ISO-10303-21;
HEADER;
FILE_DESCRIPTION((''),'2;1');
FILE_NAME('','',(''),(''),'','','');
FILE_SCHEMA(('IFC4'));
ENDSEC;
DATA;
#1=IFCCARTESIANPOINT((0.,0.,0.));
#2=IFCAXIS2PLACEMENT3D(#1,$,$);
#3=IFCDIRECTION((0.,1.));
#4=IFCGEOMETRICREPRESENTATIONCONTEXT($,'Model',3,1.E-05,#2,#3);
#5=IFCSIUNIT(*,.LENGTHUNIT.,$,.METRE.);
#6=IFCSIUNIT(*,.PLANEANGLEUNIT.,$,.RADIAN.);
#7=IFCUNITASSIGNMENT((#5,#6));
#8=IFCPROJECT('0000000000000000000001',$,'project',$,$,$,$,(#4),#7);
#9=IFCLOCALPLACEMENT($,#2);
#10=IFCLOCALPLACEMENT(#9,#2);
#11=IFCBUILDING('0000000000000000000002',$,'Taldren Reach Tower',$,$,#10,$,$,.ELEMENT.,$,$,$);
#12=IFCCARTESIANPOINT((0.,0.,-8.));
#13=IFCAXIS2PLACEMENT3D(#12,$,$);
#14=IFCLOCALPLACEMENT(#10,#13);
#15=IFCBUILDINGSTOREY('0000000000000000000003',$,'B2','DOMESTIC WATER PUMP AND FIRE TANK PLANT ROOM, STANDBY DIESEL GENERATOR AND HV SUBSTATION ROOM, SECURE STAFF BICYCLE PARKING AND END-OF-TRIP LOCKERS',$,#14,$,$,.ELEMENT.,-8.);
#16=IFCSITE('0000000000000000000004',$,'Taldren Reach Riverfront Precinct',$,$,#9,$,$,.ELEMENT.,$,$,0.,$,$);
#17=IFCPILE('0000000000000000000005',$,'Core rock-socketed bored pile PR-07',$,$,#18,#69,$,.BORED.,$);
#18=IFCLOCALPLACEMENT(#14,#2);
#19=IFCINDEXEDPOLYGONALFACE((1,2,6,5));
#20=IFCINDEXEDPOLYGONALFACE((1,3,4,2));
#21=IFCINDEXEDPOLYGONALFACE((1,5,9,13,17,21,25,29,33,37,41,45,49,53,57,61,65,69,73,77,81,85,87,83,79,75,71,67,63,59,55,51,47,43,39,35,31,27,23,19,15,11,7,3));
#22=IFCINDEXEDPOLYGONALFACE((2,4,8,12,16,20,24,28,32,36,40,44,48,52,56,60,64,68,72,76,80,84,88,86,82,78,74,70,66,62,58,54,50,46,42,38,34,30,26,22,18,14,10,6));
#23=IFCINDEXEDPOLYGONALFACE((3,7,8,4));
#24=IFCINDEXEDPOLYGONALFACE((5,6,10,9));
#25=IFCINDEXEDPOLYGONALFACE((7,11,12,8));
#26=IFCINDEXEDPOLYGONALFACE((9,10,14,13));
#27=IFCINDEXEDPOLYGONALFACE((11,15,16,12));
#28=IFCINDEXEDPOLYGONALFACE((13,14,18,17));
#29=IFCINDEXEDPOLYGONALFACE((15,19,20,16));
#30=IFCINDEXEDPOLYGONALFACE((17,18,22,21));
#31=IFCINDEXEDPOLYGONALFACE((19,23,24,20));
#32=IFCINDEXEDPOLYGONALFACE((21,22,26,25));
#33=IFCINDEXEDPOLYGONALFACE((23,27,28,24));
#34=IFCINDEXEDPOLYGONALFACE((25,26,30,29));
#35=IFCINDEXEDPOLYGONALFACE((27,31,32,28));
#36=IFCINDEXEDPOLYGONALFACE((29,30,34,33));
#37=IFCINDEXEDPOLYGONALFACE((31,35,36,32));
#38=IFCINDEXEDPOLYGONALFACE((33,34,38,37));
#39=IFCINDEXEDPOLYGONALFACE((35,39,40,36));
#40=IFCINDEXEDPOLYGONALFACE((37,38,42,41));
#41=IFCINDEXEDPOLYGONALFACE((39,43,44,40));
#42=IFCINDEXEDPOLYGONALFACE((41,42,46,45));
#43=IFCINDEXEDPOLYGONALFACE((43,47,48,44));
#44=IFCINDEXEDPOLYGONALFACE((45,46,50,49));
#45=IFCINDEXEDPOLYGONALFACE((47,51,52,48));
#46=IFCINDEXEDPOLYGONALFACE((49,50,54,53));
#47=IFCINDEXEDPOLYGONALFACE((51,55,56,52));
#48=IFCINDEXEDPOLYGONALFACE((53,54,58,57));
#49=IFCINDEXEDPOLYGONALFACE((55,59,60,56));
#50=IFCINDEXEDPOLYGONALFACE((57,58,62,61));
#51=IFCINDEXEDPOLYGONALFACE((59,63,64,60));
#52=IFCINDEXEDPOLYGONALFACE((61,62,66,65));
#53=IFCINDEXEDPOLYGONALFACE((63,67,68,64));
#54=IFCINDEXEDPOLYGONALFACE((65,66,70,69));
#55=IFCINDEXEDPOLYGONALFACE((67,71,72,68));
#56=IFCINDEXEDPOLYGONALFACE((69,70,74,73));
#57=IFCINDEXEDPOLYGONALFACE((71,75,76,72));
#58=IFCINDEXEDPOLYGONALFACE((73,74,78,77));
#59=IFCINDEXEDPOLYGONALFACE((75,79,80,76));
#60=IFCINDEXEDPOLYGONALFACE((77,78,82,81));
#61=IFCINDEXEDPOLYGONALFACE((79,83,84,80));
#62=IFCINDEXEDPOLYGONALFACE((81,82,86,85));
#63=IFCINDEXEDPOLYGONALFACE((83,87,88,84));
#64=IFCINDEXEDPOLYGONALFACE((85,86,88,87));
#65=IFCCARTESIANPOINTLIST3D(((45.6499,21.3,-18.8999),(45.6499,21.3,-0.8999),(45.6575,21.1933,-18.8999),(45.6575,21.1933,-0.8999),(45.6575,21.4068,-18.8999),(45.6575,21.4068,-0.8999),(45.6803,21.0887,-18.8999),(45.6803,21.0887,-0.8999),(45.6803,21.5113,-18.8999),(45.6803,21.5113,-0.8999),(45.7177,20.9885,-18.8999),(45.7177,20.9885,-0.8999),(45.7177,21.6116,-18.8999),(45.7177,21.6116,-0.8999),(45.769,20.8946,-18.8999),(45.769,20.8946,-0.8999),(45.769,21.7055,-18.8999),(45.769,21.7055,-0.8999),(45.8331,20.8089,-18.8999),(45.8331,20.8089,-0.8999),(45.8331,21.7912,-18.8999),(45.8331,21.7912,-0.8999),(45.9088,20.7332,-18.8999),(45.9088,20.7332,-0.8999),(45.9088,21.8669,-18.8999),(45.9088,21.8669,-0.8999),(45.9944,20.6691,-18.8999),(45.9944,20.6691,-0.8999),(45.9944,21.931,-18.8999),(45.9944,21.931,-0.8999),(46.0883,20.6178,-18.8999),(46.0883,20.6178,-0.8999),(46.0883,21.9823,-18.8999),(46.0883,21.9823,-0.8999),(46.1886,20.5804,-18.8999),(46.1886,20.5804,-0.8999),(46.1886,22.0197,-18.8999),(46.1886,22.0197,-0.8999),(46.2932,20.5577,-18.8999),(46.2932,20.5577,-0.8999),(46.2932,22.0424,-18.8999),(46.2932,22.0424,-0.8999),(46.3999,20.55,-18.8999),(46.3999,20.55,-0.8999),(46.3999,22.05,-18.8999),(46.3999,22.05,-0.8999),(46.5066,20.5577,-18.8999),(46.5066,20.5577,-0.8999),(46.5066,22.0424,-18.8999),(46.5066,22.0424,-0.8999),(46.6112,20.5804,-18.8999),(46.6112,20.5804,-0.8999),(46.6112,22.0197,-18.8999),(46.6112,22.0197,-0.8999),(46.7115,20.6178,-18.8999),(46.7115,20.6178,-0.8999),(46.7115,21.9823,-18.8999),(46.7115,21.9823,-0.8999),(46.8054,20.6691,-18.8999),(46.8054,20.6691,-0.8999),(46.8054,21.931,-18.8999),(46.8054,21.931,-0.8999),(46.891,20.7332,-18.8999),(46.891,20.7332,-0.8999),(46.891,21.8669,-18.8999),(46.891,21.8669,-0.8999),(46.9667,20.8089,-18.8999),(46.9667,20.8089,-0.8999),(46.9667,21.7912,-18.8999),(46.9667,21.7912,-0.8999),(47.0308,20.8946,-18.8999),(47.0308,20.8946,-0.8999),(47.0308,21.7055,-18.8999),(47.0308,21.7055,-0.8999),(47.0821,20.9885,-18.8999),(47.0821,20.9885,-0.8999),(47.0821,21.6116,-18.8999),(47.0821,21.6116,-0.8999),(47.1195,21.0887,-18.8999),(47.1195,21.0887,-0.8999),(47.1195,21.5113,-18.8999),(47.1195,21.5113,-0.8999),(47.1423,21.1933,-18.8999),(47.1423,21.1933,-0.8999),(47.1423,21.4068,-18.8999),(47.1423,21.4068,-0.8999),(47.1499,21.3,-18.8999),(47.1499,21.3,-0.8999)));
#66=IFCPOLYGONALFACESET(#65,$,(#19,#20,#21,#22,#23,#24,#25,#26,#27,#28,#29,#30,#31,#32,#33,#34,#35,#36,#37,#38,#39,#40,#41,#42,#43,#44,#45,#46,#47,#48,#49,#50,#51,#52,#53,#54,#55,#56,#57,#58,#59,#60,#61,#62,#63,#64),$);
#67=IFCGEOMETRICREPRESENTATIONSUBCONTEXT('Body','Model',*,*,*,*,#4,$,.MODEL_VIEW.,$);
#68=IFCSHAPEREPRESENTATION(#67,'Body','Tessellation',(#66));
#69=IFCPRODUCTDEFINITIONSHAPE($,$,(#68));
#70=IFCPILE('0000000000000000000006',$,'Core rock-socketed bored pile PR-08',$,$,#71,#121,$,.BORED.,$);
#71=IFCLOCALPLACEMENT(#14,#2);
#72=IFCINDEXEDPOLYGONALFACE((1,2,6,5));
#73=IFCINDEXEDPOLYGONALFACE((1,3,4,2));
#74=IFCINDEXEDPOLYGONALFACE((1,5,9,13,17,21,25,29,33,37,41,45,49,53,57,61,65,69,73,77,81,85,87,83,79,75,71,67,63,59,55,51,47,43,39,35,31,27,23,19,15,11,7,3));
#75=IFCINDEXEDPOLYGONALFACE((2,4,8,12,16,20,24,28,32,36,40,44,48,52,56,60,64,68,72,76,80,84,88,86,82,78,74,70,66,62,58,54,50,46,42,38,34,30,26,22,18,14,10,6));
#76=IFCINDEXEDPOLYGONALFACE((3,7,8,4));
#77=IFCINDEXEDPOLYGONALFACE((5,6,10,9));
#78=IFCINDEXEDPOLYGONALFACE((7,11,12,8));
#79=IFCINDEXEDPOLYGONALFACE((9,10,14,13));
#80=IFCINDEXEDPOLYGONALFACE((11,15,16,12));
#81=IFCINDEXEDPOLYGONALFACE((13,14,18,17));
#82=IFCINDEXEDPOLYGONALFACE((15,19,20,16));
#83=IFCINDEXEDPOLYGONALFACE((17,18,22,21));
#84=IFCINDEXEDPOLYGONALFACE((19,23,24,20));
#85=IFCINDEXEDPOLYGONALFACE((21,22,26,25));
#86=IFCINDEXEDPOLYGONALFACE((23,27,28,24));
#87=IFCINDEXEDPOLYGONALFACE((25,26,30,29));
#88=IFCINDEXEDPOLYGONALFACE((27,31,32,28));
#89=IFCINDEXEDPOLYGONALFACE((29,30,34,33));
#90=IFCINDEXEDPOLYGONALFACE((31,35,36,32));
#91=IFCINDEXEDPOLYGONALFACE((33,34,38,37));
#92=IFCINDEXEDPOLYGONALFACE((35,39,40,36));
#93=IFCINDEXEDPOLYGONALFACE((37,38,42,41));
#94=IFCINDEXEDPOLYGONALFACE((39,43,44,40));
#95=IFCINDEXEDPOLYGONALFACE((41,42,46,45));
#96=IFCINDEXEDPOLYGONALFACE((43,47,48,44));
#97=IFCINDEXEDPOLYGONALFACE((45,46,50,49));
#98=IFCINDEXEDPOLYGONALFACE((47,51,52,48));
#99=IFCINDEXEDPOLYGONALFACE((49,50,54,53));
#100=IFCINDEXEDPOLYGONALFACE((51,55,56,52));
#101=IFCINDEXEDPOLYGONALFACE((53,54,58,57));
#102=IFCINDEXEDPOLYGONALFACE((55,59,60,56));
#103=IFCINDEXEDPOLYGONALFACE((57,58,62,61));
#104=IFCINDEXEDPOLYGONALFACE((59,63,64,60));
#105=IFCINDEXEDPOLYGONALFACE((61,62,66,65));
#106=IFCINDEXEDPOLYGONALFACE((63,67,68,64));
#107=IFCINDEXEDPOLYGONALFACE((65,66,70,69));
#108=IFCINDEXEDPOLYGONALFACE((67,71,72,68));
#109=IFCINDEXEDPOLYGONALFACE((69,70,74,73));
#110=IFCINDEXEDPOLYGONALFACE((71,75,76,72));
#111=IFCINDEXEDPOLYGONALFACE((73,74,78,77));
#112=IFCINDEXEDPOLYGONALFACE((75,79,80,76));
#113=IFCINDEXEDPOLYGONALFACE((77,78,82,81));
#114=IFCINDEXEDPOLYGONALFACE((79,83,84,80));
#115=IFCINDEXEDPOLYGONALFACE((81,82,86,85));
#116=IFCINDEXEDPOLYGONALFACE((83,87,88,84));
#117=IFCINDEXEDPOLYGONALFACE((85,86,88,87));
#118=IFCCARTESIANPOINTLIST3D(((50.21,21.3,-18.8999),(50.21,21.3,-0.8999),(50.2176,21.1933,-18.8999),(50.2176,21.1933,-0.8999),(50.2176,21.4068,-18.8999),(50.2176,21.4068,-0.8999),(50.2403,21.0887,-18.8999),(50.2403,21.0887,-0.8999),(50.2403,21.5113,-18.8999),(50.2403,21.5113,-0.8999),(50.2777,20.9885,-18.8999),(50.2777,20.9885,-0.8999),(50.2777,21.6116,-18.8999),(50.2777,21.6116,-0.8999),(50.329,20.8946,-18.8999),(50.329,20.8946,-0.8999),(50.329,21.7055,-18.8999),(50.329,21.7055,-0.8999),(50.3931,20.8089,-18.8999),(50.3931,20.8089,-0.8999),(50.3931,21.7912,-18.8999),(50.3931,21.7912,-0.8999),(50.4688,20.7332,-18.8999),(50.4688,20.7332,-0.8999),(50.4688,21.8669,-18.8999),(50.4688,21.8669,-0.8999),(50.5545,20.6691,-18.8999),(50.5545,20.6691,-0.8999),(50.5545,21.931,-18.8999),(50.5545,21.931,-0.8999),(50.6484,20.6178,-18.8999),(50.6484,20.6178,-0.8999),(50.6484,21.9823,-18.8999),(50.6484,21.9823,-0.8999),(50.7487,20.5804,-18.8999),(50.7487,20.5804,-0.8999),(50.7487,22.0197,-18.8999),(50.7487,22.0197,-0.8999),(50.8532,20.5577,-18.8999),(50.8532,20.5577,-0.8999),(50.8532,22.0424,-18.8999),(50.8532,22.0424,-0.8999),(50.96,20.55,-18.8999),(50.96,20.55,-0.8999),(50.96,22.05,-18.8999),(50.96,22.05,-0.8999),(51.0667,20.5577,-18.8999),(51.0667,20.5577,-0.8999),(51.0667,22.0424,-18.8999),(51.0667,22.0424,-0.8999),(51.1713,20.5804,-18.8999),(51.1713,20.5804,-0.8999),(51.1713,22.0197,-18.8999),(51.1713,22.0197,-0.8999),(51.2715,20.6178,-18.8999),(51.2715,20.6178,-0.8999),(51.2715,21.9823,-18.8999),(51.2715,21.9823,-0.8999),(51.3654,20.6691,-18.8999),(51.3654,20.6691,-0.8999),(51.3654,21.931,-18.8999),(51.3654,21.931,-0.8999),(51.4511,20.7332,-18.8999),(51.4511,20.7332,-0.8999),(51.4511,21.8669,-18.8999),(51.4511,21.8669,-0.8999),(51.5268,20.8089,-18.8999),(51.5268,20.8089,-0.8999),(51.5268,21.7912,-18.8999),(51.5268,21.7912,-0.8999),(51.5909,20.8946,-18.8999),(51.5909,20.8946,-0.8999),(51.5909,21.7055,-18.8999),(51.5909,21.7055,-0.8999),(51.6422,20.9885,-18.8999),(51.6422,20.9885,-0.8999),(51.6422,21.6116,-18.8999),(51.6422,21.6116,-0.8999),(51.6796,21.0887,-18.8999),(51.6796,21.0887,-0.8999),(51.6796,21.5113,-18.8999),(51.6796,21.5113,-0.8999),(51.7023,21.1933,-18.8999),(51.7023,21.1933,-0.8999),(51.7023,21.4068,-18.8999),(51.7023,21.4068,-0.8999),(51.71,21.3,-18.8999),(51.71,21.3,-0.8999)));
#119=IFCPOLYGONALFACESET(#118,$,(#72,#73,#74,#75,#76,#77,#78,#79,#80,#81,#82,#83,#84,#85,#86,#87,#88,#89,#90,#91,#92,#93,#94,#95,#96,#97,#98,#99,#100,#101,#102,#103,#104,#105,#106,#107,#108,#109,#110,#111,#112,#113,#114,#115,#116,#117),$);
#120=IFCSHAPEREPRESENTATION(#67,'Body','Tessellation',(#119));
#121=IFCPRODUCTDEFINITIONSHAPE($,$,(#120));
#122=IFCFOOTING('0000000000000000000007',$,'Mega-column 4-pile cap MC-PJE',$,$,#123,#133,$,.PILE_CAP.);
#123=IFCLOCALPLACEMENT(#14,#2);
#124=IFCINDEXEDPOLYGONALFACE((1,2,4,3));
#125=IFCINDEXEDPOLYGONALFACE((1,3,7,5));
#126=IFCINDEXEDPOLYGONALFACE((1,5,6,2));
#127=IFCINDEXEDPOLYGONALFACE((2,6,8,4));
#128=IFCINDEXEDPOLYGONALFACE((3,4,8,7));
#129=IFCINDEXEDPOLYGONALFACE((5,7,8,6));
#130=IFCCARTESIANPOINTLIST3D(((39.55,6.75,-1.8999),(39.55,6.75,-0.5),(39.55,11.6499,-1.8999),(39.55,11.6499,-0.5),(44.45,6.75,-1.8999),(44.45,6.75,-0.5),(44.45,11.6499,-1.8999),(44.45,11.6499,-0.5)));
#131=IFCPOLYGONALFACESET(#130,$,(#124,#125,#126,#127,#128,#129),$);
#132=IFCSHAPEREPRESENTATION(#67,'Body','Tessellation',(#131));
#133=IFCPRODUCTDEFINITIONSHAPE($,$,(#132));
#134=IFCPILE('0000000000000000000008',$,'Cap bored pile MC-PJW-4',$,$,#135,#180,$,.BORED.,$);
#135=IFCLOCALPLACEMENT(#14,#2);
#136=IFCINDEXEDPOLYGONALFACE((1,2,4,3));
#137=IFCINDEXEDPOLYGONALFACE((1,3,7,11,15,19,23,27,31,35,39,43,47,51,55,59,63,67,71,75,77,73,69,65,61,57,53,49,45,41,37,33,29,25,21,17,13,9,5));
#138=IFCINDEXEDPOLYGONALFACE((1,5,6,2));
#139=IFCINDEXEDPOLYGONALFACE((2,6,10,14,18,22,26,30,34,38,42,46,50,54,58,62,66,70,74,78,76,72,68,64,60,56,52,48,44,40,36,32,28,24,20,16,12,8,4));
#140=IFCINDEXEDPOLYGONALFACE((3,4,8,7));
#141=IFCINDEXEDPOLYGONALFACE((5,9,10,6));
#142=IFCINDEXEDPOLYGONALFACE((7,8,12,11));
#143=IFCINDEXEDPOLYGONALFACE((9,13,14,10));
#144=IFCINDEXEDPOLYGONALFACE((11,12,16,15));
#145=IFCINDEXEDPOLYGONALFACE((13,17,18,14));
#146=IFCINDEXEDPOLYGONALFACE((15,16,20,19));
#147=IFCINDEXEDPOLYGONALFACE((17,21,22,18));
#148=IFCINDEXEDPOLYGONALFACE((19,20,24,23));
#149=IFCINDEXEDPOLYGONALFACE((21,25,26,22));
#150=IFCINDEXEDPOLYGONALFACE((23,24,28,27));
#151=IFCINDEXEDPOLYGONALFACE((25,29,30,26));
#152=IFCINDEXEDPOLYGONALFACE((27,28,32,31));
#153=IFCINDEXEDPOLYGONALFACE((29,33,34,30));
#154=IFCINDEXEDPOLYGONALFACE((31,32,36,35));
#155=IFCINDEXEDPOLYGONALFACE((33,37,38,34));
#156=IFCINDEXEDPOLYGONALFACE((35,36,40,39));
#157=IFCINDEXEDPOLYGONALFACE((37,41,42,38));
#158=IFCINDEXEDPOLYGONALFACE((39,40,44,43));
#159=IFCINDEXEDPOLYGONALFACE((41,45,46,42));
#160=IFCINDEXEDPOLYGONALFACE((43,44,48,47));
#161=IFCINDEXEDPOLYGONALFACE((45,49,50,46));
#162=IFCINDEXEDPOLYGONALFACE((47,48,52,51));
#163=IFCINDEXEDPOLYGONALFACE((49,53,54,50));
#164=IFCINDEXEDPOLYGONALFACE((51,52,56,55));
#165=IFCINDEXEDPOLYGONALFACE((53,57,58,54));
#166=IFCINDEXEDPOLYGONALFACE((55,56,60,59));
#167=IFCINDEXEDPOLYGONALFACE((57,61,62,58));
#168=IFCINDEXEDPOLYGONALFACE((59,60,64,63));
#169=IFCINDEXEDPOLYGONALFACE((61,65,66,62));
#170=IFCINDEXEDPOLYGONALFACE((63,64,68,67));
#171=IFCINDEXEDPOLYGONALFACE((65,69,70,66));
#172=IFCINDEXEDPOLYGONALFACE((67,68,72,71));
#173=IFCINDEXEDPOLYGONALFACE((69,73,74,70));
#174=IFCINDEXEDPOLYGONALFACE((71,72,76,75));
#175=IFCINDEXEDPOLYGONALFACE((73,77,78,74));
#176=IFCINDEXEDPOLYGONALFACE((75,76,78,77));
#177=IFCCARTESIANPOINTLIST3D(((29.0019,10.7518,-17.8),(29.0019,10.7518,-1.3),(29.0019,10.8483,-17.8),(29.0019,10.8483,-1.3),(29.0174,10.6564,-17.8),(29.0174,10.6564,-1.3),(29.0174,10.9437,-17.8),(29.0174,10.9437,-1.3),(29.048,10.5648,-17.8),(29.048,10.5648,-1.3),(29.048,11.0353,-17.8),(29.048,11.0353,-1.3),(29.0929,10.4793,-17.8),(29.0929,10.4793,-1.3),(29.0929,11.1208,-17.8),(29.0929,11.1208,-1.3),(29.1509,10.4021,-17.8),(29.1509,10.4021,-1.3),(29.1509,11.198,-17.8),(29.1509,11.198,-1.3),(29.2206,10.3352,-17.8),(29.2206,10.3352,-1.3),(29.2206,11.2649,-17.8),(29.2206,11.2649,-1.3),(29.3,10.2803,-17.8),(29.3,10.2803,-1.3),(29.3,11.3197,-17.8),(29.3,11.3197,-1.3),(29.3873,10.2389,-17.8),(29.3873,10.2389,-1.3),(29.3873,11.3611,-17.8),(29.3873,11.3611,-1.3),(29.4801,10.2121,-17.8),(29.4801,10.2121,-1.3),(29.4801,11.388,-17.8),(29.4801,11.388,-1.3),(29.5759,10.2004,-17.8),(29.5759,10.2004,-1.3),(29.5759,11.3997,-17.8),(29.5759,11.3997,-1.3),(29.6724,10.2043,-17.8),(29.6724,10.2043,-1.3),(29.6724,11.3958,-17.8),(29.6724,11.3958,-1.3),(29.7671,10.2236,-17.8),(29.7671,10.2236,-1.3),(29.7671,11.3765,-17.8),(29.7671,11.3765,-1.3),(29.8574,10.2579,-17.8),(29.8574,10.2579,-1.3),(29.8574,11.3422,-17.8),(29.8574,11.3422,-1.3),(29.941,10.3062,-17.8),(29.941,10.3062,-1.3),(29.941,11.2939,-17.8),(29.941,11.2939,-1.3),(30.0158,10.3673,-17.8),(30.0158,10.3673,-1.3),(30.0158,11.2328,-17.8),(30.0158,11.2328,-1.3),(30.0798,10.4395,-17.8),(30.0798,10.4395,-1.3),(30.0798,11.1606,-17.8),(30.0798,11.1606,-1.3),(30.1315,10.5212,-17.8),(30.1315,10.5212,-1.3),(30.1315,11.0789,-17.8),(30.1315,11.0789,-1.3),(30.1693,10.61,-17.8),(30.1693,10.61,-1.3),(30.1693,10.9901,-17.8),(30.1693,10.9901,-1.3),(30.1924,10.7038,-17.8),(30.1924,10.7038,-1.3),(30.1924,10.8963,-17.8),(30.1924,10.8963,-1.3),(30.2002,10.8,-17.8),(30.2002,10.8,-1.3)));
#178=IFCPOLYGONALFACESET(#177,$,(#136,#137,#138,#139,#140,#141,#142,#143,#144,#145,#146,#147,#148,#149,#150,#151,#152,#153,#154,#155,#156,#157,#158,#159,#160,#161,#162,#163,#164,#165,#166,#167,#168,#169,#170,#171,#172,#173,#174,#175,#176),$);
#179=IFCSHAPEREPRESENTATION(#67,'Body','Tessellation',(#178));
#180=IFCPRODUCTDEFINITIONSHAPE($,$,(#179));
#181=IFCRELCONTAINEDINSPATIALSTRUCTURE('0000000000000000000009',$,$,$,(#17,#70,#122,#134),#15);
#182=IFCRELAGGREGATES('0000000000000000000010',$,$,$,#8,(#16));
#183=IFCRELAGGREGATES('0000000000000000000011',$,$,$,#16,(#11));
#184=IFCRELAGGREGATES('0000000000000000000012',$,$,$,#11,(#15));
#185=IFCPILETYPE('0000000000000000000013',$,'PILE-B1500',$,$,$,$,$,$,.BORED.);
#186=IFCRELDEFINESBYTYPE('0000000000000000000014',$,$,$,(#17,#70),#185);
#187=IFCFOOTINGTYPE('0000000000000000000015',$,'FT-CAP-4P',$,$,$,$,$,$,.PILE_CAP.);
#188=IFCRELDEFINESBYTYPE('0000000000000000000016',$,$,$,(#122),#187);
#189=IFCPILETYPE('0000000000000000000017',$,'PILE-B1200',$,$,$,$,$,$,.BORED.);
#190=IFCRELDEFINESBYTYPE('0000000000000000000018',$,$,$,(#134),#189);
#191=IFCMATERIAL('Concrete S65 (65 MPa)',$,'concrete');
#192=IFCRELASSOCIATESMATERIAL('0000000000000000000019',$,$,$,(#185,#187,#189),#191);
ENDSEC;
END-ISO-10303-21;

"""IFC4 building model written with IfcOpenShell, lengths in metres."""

from ifc_helpers import new_model, si_unit, direction, frame, origin, origin_2d, place, context, subcontext, project, spatial, rectangle, circle, extrude, source, transform, mapped, material, material_profile, profile_set, type_object, element, save


model = new_model("IFC4")

# Units and contexts
model_context = context("Model", 3, precision=1e-05, world=origin(), true_north=direction((0.0, 1.0)))
body_context = subcontext(model_context, "Body", "Model", "MODEL_VIEW")
ifc_project = project(units=[si_unit("LENGTHUNIT", "METRE"), si_unit("PLANEANGLEUNIT", "RADIAN")], contexts=[model_context])

# Site, building, storey
site_placement = place(None, origin())
site = spatial("IfcSite", under=ifc_project, at=site_placement, Name="Taldren Reach Riverfront Precinct", CompositionType="ELEMENT", RefElevation=0.0)
building_placement = place(site_placement, origin())
building = spatial("IfcBuilding", under=site, at=building_placement, Name="Taldren Reach Tower", CompositionType="ELEMENT")
storey_placement = place(building_placement, frame((0.0, 0.0, -8.0)))
storey = spatial("IfcBuildingStorey", under=building, at=storey_placement, Name="B2", Description="DOMESTIC WATER PUMP AND FIRE TANK PLANT ROOM, STANDBY DIESEL GENERATOR AND HV SUBSTATION ROOM, SECURE STAFF BICYCLE PARKING AND END-OF-TRIP LOCKERS", CompositionType="ELEMENT", Elevation=-8.0)

# Piles
ifc_material_1 = material(Name="Concrete S65 (65 MPa)", Category="concrete")
ifc_material_profile_1 = material_profile(ifc_material_1, circle(Radius=0.75, at=origin_2d()), Name="PB-1500")
ifc_profile_set_1 = profile_set([ifc_material_profile_1], Name="Concrete S65 (65 MPa)")
pile_type_1 = type_object("IfcPileType", Name="PILE-B1500", PredefinedType="BORED", material=ifc_profile_set_1)
shared_shape_1 = source(origin(), body_context, "Body", "SweptSolid", [
    extrude(circle(Radius=0.75, at=origin_2d()), origin(), (0.0, 0.0, 1.0), 18.0),
])
for number, where, z_axis, x_axis, name in (
    (1, (46.3999, 21.3, -0.8999), (0.0, 0.0, -1.0), (1.0, 0.0, 0.0), "Core rock-socketed bored pile PR-07"),
    (2, (50.96, 21.3, -0.8999), (0.0, 0.0, -1.0), (1.0, 0.0, 0.0), "Core rock-socketed bored pile PR-08"),
):
    element("IfcPile", number, at=place(storey_placement, frame(where, z_axis=z_axis, x_axis=x_axis)), inside=storey, type_object=pile_type_1, Name=name, PredefinedType="BORED", context=body_context, shape_type="MappedRepresentation", body=[
        mapped(shared_shape_1, transform((0.0, 0.0, 0.0), scale=1.0)),
    ])

# Footing
footing_type_1 = type_object("IfcFootingType", Name="FT-CAP-4P", PredefinedType="PILE_CAP", material=ifc_material_1)
shared_shape_2 = source(origin(), body_context, "Body", "SweptSolid", [
    extrude(rectangle(XDim=4.8999, YDim=4.8999, at=origin_2d()), origin(), (0.0, 0.0, 1.0), 1.3999),
])
footing_1_placement = place(storey_placement, frame((42.0, 9.2, -1.8999), z_axis=(0.0, 0.0, 1.0), x_axis=(1.0, 0.0, 0.0)))
element("IfcFooting", 3, at=footing_1_placement, inside=storey, type_object=footing_type_1, Name="Mega-column 4-pile cap MC-PJE", PredefinedType="PILE_CAP", context=body_context, shape_type="MappedRepresentation", body=[
    mapped(shared_shape_2, transform((0.0, 0.0, 0.0), scale=1.0)),
])

# Pile
ifc_material_profile_2 = material_profile(ifc_material_1, circle(Radius=0.6001, at=origin_2d()), Name="PB-1200")
ifc_profile_set_2 = profile_set([ifc_material_profile_2], Name="Concrete S65 (65 MPa)")
pile_type_2 = type_object("IfcPileType", Name="PILE-B1200", PredefinedType="BORED", material=ifc_profile_set_2)
shared_shape_3 = source(origin(), body_context, "Body", "SweptSolid", [
    extrude(circle(Radius=0.6001, at=origin_2d()), origin(), (0.0, 0.0, 1.0), 16.5),
])
for number, where, z_axis, x_axis, name in (
    (4, (29.6001, 10.8, -1.3), (0.0, 0.0, -1.0), (1.0, 0.0, 0.0), "Cap bored pile MC-PJW-4"),
):
    element("IfcPile", number, at=place(storey_placement, frame(where, z_axis=z_axis, x_axis=x_axis)), inside=storey, type_object=pile_type_2, Name=name, PredefinedType="BORED", context=body_context, shape_type="MappedRepresentation", body=[
        mapped(shared_shape_3, transform((0.0, 0.0, 0.0), scale=1.0)),
    ])

save(model, "model.ifc")
